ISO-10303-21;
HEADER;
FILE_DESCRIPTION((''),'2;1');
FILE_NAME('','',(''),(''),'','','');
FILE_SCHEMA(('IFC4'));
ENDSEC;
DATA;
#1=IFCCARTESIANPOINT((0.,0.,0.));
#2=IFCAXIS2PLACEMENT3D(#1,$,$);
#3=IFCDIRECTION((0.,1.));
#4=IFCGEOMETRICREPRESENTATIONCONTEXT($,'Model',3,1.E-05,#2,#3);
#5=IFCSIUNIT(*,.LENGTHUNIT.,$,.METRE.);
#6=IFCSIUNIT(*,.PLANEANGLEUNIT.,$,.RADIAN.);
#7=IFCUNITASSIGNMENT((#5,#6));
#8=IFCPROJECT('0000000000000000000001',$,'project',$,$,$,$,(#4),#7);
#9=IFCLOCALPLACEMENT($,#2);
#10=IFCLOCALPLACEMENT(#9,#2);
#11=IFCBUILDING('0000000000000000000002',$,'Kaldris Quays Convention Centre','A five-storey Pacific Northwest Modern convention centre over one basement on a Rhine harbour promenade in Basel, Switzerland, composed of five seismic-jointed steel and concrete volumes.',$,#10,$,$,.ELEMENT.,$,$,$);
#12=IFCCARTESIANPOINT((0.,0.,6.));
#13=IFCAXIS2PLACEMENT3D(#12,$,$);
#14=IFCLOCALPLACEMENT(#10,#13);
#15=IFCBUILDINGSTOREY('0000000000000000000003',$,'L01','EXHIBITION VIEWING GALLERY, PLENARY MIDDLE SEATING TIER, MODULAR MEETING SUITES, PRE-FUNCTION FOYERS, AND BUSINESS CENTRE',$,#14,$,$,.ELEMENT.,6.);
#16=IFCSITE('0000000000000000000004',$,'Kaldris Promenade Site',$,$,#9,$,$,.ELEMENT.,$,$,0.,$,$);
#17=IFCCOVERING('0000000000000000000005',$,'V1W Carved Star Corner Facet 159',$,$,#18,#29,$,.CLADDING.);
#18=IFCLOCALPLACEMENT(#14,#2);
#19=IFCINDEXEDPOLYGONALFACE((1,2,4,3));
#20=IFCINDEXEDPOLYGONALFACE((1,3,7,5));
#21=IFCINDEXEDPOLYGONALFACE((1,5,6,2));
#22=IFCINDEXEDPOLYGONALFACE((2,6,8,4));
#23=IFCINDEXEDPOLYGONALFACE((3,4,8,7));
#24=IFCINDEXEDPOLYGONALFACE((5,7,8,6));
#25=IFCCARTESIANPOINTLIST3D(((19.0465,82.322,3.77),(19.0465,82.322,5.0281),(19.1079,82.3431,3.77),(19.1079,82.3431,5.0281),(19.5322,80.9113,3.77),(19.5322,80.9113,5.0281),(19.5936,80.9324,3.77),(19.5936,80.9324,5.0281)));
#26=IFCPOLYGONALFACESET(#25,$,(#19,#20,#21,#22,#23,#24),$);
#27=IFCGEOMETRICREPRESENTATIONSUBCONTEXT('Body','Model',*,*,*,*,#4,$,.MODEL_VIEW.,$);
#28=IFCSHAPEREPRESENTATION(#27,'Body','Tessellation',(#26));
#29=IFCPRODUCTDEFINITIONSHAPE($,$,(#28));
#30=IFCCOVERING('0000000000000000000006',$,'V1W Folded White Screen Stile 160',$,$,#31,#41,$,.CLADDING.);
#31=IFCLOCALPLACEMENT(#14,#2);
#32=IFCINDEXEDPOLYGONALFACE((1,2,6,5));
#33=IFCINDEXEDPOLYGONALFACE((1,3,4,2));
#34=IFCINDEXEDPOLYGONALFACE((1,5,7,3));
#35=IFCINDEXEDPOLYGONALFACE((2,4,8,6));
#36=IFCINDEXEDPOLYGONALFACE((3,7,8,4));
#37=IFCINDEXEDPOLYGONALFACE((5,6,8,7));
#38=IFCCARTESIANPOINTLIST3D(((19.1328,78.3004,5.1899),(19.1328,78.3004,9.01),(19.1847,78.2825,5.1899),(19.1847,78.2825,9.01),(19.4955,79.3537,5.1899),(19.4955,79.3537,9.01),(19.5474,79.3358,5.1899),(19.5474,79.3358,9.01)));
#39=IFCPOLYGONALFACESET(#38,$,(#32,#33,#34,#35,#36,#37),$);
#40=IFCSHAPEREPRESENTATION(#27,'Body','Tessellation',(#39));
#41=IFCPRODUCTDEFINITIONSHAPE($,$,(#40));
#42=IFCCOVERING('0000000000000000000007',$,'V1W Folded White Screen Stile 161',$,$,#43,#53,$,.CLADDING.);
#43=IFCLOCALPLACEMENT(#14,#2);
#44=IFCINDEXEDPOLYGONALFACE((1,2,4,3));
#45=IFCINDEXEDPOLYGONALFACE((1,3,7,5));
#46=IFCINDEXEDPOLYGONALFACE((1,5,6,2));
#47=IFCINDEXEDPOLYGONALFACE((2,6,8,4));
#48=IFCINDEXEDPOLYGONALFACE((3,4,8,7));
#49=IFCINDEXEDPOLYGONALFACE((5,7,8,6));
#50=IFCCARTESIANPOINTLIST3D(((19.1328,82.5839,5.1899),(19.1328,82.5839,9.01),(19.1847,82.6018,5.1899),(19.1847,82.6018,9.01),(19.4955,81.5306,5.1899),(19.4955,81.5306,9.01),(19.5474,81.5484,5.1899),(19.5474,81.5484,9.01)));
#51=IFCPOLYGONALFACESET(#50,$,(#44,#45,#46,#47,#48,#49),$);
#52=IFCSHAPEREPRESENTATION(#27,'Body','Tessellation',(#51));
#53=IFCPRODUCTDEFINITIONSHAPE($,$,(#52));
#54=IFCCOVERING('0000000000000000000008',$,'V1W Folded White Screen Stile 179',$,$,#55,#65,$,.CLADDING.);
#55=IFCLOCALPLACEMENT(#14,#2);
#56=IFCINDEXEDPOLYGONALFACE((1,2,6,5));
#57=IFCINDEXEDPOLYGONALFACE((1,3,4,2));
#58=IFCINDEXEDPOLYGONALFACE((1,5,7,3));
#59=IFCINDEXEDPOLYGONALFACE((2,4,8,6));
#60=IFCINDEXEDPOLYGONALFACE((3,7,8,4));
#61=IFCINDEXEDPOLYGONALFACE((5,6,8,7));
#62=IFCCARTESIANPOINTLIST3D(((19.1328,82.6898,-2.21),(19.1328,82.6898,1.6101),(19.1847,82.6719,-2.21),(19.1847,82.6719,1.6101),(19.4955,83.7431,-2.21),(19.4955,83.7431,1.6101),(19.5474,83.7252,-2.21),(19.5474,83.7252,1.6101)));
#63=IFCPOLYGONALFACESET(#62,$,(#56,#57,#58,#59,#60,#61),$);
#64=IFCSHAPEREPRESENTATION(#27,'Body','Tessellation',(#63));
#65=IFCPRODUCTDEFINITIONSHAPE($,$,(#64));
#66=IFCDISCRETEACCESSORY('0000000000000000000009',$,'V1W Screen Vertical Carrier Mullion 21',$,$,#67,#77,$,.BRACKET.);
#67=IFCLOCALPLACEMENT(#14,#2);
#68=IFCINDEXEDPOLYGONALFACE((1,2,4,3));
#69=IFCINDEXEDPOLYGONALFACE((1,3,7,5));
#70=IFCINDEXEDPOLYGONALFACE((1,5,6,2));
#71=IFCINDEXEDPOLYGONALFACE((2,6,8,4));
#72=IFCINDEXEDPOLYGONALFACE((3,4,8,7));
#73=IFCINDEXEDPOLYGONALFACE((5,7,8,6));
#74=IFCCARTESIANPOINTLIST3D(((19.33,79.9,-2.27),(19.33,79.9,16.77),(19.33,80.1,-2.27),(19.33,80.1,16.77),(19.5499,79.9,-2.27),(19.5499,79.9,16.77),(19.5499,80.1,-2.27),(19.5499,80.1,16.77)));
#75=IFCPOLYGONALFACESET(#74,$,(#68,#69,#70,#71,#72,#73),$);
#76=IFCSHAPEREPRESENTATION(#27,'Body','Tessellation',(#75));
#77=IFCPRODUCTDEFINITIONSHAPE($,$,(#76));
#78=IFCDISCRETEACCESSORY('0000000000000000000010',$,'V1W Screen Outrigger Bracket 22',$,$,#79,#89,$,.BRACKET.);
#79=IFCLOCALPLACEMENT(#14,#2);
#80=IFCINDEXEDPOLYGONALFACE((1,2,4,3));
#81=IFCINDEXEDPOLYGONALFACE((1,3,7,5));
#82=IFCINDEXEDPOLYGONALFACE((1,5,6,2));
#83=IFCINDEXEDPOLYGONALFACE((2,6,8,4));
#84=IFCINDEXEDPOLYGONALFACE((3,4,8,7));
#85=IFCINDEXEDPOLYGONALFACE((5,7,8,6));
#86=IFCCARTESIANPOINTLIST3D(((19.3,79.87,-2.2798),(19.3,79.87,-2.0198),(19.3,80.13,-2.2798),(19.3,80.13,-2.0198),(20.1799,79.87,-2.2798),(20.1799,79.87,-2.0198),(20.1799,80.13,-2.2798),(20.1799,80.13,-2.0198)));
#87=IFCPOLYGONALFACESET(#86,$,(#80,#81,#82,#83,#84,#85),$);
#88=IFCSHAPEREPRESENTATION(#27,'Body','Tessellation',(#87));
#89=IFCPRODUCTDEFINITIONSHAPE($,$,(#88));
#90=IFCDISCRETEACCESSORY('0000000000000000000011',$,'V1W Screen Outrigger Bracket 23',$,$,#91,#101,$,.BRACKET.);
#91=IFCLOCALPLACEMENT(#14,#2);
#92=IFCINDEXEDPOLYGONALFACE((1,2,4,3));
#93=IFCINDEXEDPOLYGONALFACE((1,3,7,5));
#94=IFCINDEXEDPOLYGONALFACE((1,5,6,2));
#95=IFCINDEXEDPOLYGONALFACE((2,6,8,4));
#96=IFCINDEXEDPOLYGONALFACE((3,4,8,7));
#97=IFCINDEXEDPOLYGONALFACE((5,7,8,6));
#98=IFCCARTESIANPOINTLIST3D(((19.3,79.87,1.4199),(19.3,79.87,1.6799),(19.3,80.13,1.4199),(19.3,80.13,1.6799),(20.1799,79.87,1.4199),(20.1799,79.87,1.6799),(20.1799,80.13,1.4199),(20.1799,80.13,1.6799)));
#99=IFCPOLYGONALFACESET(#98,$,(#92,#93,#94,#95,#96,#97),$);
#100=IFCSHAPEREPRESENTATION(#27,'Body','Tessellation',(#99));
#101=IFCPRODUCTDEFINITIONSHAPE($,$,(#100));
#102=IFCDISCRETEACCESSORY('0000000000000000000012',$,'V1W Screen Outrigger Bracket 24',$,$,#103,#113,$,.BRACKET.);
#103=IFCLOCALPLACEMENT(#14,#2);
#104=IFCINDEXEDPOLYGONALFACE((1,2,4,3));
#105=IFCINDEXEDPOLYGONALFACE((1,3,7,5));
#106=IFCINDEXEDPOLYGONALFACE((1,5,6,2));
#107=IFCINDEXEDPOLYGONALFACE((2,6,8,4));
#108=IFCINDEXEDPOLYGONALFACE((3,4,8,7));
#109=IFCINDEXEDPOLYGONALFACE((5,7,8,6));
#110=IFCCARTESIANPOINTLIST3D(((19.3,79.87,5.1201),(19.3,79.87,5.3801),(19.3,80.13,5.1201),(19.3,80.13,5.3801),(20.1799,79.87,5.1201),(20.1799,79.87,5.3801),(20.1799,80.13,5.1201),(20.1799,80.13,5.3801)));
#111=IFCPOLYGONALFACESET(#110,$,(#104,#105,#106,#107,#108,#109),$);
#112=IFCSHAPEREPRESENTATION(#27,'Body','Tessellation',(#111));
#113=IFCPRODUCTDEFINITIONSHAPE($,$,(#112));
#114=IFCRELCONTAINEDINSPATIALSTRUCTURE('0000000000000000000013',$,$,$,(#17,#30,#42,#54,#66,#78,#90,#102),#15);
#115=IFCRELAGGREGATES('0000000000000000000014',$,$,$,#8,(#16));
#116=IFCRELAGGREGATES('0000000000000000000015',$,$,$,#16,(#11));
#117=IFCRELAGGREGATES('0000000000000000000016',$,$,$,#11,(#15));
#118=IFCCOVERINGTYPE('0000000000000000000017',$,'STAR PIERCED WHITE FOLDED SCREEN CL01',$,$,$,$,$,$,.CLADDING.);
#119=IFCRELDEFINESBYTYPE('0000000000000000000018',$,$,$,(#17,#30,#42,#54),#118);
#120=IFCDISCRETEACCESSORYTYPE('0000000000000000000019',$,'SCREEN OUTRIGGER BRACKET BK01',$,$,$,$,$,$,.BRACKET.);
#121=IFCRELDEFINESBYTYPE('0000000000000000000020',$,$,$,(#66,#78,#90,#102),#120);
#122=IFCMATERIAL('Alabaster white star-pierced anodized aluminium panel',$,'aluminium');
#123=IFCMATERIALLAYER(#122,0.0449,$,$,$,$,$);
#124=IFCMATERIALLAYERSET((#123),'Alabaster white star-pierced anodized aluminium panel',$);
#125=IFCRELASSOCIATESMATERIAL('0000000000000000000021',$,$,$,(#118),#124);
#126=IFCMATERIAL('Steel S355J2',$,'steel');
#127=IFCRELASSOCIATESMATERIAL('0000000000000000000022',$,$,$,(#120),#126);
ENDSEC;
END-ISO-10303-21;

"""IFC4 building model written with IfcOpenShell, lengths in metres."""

from ifc_helpers import new_model, si_unit, direction, frame, origin, origin_2d, place, context, subcontext, project, spatial, rectangle, extrude, material, layer, layer_set, type_object, element, save


model = new_model("IFC4")

# Units and contexts
model_context = context("Model", 3, precision=1e-05, world=origin(), true_north=direction((0.0, 1.0)))
body_context = subcontext(model_context, "Body", "Model", "MODEL_VIEW")
ifc_project = project(units=[si_unit("LENGTHUNIT", "METRE"), si_unit("PLANEANGLEUNIT", "RADIAN")], contexts=[model_context])

# Site, building, storey
site_placement = place(None, origin())
site = spatial("IfcSite", under=ifc_project, at=site_placement, Name="Kaldris Promenade Site", CompositionType="ELEMENT", RefElevation=0.0)
building_placement = place(site_placement, origin())
building = spatial("IfcBuilding", under=site, at=building_placement, Name="Kaldris Quays Convention Centre", Description="A five-storey Pacific Northwest Modern convention centre over one basement on a Rhine harbour promenade in Basel, Switzerland, composed of five seismic-jointed steel and concrete volumes.", CompositionType="ELEMENT")
storey_placement = place(building_placement, frame((0.0, 0.0, 6.0)))
storey = spatial("IfcBuildingStorey", under=building, at=storey_placement, Name="L01", Description="EXHIBITION VIEWING GALLERY, PLENARY MIDDLE SEATING TIER, MODULAR MEETING SUITES, PRE-FUNCTION FOYERS, AND BUSINESS CENTRE", CompositionType="ELEMENT", Elevation=6.0)

# Coverings
ifc_material_1 = material(Name="Alabaster white star-pierced anodized aluminium panel", Category="aluminium")
ifc_layer = layer(ifc_material_1, 0.0449)
ifc_layer_set = layer_set([ifc_layer], Name="Alabaster white star-pierced anodized aluminium panel")
covering_type = type_object("IfcCoveringType", Name="STAR PIERCED WHITE FOLDED SCREEN CL01", PredefinedType="CLADDING", material=ifc_layer_set)
for number, where, z_axis, x_axis, name in (
    (1, (19.3201, 81.6272, 3.77), (0.0, 0.0, 1.0), (-0.325568, 0.945519, 0.0), "V1W Carved Star Corner Facet 159"),
):
    element("IfcCovering", number, at=place(storey_placement, frame(where, z_axis=z_axis, x_axis=x_axis)), inside=storey, type_object=covering_type, Name=name, PredefinedType="CLADDING", context=body_context, shape_type="SweptSolid", body=[
        extrude(rectangle(XDim=1.4919, YDim=0.0649, at=origin_2d()), origin(), (0.0, 0.0, 1.0), 1.2581),
    ])
for number, where, z_axis, x_axis, name in (
    (2, (19.3401, 78.8181, 5.1899), (0.0, 0.0, 1.0), (0.325568, 0.945519, 0.0), "V1W Folded White Screen Stile 160"),
    (3, (19.3401, 82.0662, 5.1899), (0.0, 0.0, 1.0), (-0.325568, 0.945519, 0.0), "V1W Folded White Screen Stile 161"),
    (4, (19.3401, 83.2075, -2.21), (0.0, 0.0, 1.0), (0.325568, 0.945519, 0.0), "V1W Folded White Screen Stile 179"),
):
    element("IfcCovering", number, at=place(storey_placement, frame(where, z_axis=z_axis, x_axis=x_axis)), inside=storey, type_object=covering_type, Name=name, PredefinedType="CLADDING", context=body_context, shape_type="SweptSolid", body=[
        extrude(rectangle(XDim=1.114, YDim=0.0549, at=origin_2d()), origin(), (0.0, 0.0, 1.0), 3.8201),
    ])

# Discrete accessories
ifc_material_2 = material(Name="Steel S355J2", Category="steel")
discrete_accessory_type = type_object("IfcDiscreteAccessoryType", Name="SCREEN OUTRIGGER BRACKET BK01", PredefinedType="BRACKET", material=ifc_material_2)
discrete_accessory_placement = place(storey_placement, frame((19.4399, 80.0, -2.27), z_axis=(0.0, 0.0, 1.0), x_axis=(0.0, 1.0, 0.0)))
element("IfcDiscreteAccessory", 5, at=discrete_accessory_placement, inside=storey, type_object=discrete_accessory_type, Name="V1W Screen Vertical Carrier Mullion 21", PredefinedType="BRACKET", context=body_context, shape_type="SweptSolid", body=[
    extrude(rectangle(XDim=0.2, YDim=0.22, at=origin_2d()), origin(), (0.0, 0.0, 1.0), 19.04),
])
for number, where, z_axis, x_axis, name in (
    (6, (19.74, 80.0, -2.2798), (0.0, 0.0, 1.0), (0.0, 1.0, 0.0), "V1W Screen Outrigger Bracket 22"),
    (7, (19.74, 80.0, 1.4199), (0.0, 0.0, 1.0), (0.0, 1.0, 0.0), "V1W Screen Outrigger Bracket 23"),
    (8, (19.74, 80.0, 5.1201), (0.0, 0.0, 1.0), (0.0, 1.0, 0.0), "V1W Screen Outrigger Bracket 24"),
):
    element("IfcDiscreteAccessory", number, at=place(storey_placement, frame(where, z_axis=z_axis, x_axis=x_axis)), inside=storey, type_object=discrete_accessory_type, Name=name, PredefinedType="BRACKET", context=body_context, shape_type="SweptSolid", body=[
        extrude(rectangle(XDim=0.26, YDim=0.8799, at=origin_2d()), origin(), (0.0, 0.0, 1.0), 0.26),
    ])

save(model, "model.ifc")
